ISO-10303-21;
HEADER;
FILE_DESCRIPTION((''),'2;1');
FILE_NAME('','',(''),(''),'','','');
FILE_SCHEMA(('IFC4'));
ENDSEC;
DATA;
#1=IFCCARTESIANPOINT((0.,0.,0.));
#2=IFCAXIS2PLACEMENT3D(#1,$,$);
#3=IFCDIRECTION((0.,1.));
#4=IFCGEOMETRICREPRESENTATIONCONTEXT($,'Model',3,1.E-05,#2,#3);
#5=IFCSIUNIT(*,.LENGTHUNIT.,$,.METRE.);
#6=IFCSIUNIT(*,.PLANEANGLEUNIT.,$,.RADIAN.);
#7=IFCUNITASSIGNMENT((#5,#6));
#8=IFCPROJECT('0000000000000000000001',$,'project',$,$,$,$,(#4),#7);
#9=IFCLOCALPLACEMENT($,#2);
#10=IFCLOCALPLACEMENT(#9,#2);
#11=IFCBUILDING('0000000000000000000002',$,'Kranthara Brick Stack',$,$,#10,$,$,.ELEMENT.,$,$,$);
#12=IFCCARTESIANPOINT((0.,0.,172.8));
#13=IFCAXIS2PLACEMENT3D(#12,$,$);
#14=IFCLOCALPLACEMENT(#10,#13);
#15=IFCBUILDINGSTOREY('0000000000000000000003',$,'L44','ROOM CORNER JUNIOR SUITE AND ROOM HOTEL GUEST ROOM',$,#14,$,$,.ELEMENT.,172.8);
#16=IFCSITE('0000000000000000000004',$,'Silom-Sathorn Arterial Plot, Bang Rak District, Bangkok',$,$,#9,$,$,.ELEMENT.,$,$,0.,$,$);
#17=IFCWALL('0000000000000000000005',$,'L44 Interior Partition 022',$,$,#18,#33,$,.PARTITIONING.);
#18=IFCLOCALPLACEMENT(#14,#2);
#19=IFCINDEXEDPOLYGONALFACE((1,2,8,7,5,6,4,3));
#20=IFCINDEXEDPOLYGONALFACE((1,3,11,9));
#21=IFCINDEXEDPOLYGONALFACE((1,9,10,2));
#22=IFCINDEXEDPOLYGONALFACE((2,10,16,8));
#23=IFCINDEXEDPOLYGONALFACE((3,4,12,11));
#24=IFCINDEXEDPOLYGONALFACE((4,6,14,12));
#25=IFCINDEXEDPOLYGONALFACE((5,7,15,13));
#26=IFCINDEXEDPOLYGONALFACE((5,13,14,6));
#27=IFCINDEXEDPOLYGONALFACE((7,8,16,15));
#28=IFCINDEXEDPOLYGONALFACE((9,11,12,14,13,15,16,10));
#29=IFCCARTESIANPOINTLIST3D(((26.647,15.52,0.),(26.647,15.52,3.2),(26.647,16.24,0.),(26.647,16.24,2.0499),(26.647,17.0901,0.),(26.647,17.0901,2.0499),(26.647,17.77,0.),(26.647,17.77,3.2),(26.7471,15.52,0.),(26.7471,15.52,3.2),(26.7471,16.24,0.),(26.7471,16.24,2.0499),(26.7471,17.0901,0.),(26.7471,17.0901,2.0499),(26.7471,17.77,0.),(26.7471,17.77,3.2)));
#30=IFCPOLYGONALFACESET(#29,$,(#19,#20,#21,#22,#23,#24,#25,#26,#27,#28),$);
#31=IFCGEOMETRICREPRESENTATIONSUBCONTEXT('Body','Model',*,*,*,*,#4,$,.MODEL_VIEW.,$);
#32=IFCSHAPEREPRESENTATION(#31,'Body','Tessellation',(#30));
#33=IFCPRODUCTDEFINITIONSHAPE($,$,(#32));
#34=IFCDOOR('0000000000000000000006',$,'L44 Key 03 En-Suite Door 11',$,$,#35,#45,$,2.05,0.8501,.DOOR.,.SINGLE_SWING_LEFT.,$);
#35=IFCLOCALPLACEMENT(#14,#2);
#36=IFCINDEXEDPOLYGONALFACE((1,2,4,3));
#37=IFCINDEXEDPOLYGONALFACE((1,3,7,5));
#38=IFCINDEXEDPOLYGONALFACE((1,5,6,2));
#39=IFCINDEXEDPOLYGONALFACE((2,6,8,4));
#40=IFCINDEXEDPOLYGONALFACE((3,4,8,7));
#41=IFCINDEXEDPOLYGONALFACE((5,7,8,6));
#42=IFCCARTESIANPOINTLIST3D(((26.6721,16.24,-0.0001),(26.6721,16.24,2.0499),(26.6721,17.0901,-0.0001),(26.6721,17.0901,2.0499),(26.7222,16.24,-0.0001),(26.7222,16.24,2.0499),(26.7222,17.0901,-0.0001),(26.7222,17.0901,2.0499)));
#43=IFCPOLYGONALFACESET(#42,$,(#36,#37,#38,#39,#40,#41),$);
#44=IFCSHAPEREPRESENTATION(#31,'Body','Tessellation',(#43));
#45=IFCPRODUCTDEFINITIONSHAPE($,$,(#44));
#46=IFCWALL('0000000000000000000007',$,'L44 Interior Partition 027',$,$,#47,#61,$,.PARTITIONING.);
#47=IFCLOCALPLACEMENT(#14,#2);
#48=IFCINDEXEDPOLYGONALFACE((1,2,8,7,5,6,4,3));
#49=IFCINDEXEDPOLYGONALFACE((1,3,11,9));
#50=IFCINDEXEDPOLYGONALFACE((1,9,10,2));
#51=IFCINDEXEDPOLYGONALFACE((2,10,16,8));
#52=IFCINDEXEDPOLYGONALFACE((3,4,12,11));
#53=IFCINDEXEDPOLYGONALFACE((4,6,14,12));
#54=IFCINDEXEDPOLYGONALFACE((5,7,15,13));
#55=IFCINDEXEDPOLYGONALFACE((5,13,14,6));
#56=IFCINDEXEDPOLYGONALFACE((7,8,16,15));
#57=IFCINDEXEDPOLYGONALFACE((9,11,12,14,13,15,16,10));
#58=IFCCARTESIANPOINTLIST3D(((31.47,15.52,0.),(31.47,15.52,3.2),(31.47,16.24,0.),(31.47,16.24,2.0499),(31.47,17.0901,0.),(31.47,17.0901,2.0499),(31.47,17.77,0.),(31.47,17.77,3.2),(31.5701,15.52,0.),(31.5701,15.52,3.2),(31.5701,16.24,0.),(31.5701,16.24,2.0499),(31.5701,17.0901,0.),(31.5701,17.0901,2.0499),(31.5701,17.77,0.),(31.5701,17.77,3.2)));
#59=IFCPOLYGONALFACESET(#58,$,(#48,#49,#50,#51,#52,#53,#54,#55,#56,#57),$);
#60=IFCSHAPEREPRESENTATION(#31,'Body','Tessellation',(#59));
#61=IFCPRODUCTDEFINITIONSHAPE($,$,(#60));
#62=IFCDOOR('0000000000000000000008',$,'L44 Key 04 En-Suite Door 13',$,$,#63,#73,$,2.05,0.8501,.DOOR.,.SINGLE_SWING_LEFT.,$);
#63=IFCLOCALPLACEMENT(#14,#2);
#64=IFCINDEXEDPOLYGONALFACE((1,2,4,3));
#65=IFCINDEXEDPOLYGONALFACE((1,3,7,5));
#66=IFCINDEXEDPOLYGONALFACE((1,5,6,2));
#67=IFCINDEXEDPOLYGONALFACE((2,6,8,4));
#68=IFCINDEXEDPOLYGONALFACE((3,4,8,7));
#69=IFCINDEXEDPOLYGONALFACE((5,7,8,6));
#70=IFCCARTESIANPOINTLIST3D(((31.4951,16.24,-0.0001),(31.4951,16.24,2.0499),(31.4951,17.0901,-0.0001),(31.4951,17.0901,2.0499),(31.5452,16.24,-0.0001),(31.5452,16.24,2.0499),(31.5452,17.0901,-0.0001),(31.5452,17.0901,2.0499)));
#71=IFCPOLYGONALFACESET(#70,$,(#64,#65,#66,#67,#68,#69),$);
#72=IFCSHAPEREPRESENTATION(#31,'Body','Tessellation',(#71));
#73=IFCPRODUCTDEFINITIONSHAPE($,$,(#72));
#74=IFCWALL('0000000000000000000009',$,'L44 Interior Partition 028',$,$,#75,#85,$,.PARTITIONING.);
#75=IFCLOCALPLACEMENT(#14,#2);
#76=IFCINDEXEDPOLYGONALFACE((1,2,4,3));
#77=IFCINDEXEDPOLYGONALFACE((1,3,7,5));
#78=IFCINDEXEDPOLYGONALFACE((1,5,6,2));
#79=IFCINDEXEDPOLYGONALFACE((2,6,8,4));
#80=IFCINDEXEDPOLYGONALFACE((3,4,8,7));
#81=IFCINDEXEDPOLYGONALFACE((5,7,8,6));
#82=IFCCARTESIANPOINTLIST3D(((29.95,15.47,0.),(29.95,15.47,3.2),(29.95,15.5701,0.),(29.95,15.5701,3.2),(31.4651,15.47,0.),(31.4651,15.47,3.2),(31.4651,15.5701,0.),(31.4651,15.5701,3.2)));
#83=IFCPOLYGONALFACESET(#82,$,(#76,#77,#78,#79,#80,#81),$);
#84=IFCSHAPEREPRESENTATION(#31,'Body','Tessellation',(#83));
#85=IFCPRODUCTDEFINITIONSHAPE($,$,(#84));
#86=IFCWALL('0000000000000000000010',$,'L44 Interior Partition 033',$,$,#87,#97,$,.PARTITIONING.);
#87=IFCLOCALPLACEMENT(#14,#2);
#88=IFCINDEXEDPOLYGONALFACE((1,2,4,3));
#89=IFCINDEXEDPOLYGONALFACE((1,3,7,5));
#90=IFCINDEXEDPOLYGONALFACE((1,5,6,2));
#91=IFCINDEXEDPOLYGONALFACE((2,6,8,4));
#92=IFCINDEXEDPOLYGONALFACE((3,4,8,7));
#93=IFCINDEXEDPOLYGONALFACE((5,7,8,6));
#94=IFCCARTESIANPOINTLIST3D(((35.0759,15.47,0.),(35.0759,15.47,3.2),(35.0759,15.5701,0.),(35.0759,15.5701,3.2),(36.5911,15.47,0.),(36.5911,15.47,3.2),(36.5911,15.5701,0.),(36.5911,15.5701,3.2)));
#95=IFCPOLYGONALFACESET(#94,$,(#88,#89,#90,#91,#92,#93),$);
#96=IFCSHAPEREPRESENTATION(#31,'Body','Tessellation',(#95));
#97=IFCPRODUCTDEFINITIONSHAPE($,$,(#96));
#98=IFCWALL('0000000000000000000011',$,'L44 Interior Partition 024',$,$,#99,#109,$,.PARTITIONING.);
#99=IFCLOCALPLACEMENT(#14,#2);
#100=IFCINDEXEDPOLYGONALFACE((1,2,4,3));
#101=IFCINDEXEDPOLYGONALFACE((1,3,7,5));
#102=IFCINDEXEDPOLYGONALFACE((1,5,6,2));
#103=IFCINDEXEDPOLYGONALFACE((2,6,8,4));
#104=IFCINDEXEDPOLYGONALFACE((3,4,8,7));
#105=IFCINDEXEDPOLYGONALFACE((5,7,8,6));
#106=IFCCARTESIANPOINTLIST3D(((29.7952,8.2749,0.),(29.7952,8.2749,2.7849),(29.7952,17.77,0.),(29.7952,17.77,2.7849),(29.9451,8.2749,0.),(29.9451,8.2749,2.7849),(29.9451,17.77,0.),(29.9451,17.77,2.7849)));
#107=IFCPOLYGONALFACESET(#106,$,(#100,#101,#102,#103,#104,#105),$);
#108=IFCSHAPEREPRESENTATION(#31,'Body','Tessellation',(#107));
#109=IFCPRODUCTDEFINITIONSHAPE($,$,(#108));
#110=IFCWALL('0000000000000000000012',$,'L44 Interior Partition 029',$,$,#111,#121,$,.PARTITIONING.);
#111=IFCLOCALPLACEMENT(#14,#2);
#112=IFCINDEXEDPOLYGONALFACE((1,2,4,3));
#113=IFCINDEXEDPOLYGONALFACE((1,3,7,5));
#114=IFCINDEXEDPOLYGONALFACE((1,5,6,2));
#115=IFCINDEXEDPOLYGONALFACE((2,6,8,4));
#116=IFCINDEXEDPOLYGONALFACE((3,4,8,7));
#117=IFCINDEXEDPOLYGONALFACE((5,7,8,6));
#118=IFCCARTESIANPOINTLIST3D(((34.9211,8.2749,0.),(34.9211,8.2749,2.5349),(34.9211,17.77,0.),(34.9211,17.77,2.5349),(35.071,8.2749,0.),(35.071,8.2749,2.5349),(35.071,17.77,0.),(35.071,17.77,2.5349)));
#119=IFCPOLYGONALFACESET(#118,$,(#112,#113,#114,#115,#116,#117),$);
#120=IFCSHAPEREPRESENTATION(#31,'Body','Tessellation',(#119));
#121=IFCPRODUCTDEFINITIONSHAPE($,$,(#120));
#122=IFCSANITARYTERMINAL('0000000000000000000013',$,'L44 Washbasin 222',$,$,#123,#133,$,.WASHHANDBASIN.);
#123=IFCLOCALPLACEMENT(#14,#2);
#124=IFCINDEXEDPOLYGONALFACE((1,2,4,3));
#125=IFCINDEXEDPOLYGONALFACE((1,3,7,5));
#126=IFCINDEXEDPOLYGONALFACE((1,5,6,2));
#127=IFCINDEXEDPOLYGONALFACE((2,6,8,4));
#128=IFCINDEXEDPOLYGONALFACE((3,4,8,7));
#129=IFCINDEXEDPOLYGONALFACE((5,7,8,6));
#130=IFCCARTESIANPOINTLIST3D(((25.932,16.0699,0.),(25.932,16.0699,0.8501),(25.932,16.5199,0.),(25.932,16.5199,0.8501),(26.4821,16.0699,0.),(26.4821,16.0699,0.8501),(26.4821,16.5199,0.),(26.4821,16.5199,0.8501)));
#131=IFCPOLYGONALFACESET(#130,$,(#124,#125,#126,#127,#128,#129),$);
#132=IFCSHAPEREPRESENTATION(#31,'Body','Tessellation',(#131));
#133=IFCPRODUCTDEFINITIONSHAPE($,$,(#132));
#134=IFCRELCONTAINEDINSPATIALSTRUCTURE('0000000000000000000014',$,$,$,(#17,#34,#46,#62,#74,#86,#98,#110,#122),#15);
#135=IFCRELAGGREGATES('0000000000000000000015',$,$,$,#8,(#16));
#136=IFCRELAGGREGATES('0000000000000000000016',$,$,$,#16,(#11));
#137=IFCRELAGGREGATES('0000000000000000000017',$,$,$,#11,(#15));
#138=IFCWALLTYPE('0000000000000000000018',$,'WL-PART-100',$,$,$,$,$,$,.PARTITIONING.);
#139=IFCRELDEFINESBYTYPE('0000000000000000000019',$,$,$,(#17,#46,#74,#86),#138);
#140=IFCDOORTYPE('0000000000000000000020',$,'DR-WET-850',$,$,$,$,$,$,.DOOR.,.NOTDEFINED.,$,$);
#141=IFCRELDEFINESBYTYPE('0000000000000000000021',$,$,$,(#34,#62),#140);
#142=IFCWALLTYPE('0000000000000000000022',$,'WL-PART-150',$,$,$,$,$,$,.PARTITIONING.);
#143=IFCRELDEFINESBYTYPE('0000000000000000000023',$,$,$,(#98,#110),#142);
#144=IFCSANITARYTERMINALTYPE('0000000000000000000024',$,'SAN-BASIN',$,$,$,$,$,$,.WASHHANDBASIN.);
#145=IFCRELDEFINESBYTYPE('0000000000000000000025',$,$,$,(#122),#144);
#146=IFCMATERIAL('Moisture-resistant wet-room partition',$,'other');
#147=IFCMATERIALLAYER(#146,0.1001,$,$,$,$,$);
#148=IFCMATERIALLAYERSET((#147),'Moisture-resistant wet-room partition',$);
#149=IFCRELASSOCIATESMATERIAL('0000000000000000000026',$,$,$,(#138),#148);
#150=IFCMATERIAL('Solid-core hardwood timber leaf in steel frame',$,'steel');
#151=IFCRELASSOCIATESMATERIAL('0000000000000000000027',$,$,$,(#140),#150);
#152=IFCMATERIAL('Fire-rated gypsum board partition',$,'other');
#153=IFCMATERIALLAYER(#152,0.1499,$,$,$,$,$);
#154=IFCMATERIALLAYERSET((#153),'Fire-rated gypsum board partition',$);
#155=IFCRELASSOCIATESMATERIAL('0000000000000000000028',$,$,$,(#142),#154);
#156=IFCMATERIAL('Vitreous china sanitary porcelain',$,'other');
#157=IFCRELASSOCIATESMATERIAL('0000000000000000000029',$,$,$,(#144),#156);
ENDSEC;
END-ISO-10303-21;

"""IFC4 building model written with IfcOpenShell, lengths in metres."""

from ifc_helpers import new_model, si_unit, direction, frame, frame_2d, origin, origin_2d, place, context, subcontext, project, spatial, rectangle, extrude, material, layer, layer_set, type_object, element, fill, save


model = new_model("IFC4")

# Units and contexts
model_context = context("Model", 3, precision=1e-05, world=origin(), true_north=direction((0.0, 1.0)))
body_context = subcontext(model_context, "Body", "Model", "MODEL_VIEW")
ifc_project = project(units=[si_unit("LENGTHUNIT", "METRE"), si_unit("PLANEANGLEUNIT", "RADIAN")], contexts=[model_context])

# Site, building, storey
site_placement = place(None, origin())
site = spatial("IfcSite", under=ifc_project, at=site_placement, Name="Silom-Sathorn Arterial Plot, Bang Rak District, Bangkok", CompositionType="ELEMENT", RefElevation=0.0)
building_placement = place(site_placement, origin())
building = spatial("IfcBuilding", under=site, at=building_placement, Name="Kranthara Brick Stack", CompositionType="ELEMENT")
storey_placement = place(building_placement, frame((0.0, 0.0, 172.8)))
storey = spatial("IfcBuildingStorey", under=building, at=storey_placement, Name="L44", Description="ROOM CORNER JUNIOR SUITE AND ROOM HOTEL GUEST ROOM", CompositionType="ELEMENT", Elevation=172.8)

# Walls, openings, doors
ifc_material_1 = material(Name="Moisture-resistant wet-room partition", Category="other")
ifc_layer_1 = layer(ifc_material_1, 0.1001)
ifc_layer_set_1 = layer_set([ifc_layer_1], Name="Moisture-resistant wet-room partition")
wall_type_1 = type_object("IfcWallType", Name="WL-PART-100", PredefinedType="PARTITIONING", material=ifc_layer_set_1)
wall_1_placement = place(storey_placement, frame((26.697, 15.52, 0.0), z_axis=(0.0, 0.0, 1.0), x_axis=(0.0, 1.0, 0.0)))
wall_1 = element("IfcWall", 1, at=wall_1_placement, inside=storey, type_object=wall_type_1, Name="L44 Interior Partition 022", PredefinedType="PARTITIONING", context=body_context, shape_type="SweptSolid", body=[
    extrude(rectangle(XDim=2.25, YDim=0.1001, at=frame_2d((1.125, 0.0))), origin(), (0.0, 0.0, 1.0), 3.2),
])
opening_1_placement = place(wall_1_placement, frame((0.72, 0.0, 0.0)))
opening_1 = element("IfcOpeningElement", 2, at=opening_1_placement, cuts=wall_1, PredefinedType="OPENING", context=body_context, shape_type="SweptSolid", body=[
    extrude(rectangle(XDim=0.8501, YDim=2.05, at=frame_2d((0.425, 1.0249))), frame((0.0, 0.0601, 0.0), z_axis=(0.0, -1.0, 0.0), x_axis=(1.0, 0.0, 0.0)), (0.0, 0.0, 1.0), 0.1201),
])
ifc_material_2 = material(Name="Solid-core hardwood timber leaf in steel frame", Category="steel")
door_type = type_object("IfcDoorType", Name="DR-WET-850", OperationType="NOTDEFINED", PredefinedType="DOOR", material=ifc_material_2)
door_1_placement = place(opening_1_placement, origin())
door_1 = element("IfcDoor", 3, at=door_1_placement, inside=storey, type_object=door_type, Name="L44 Key 03 En-Suite Door 11", OperationType="SINGLE_SWING_LEFT", OverallHeight=2.05, OverallWidth=0.8501, PredefinedType="DOOR", context=body_context, shape_type="SweptSolid", body=[
    extrude(rectangle(XDim=0.8501, YDim=2.05, at=frame_2d((0.425, 1.0249))), frame((0.0, 0.0249, 0.0), z_axis=(0.0, -1.0, 0.0), x_axis=(1.0, 0.0, 0.0)), (0.0, 0.0, 1.0), 0.05),
])
fill(opening_1, door_1)
wall_2_placement = place(storey_placement, frame((31.52, 15.52, 0.0), z_axis=(0.0, 0.0, 1.0), x_axis=(0.0, 1.0, 0.0)))
wall_2 = element("IfcWall", 4, at=wall_2_placement, inside=storey, type_object=wall_type_1, Name="L44 Interior Partition 027", PredefinedType="PARTITIONING", context=body_context, shape_type="SweptSolid", body=[
    extrude(rectangle(XDim=2.25, YDim=0.1001, at=frame_2d((1.125, 0.0))), origin(), (0.0, 0.0, 1.0), 3.2),
])
opening_2_placement = place(wall_2_placement, frame((0.72, 0.0, 0.0)))
opening_2 = element("IfcOpeningElement", 5, at=opening_2_placement, cuts=wall_2, PredefinedType="OPENING", context=body_context, shape_type="SweptSolid", body=[
    extrude(rectangle(XDim=0.8501, YDim=2.05, at=frame_2d((0.425, 1.0249))), frame((0.0, 0.0601, 0.0), z_axis=(0.0, -1.0, 0.0), x_axis=(1.0, 0.0, 0.0)), (0.0, 0.0, 1.0), 0.1201),
])
door_2_placement = place(opening_2_placement, origin())
door_2 = element("IfcDoor", 6, at=door_2_placement, inside=storey, type_object=door_type, Name="L44 Key 04 En-Suite Door 13", OperationType="SINGLE_SWING_LEFT", OverallHeight=2.05, OverallWidth=0.8501, PredefinedType="DOOR", context=body_context, shape_type="SweptSolid", body=[
    extrude(rectangle(XDim=0.8501, YDim=2.05, at=frame_2d((0.425, 1.0249))), frame((0.0, 0.0249, 0.0), z_axis=(0.0, -1.0, 0.0), x_axis=(1.0, 0.0, 0.0)), (0.0, 0.0, 1.0), 0.05),
])
fill(opening_2, door_2)

# Walls
for number, where, z_axis, x_axis, name in (
    (7, (29.95, 15.52, 0.0), (0.0, 0.0, 1.0), (1.0, 0.0, 0.0), "L44 Interior Partition 028"),
    (8, (35.0759, 15.52, 0.0), (0.0, 0.0, 1.0), (1.0, 0.0, 0.0), "L44 Interior Partition 033"),
):
    element("IfcWall", number, at=place(storey_placement, frame(where, z_axis=z_axis, x_axis=x_axis)), inside=storey, type_object=wall_type_1, Name=name, PredefinedType="PARTITIONING", context=body_context, shape_type="SweptSolid", body=[
        extrude(rectangle(XDim=1.5151, YDim=0.1001, at=frame_2d((0.7576, 0.0))), origin(), (0.0, 0.0, 1.0), 3.2),
    ])
ifc_material_3 = material(Name="Fire-rated gypsum board partition", Category="other")
ifc_layer_2 = layer(ifc_material_3, 0.1499)
ifc_layer_set_2 = layer_set([ifc_layer_2], Name="Fire-rated gypsum board partition")
wall_type_2 = type_object("IfcWallType", Name="WL-PART-150", PredefinedType="PARTITIONING", material=ifc_layer_set_2)
wall_3_placement = place(storey_placement, frame((29.8701, 8.2749, 0.0), z_axis=(0.0, 0.0, 1.0), x_axis=(0.0, 1.0, 0.0)))
element("IfcWall", 9, at=wall_3_placement, inside=storey, type_object=wall_type_2, Name="L44 Interior Partition 024", PredefinedType="PARTITIONING", context=body_context, shape_type="SweptSolid", body=[
    extrude(rectangle(XDim=9.4951, YDim=0.1499, at=frame_2d((4.7476, 0.0))), origin(), (0.0, 0.0, 1.0), 2.7849),
])
wall_4_placement = place(storey_placement, frame((34.9961, 8.2749, 0.0), z_axis=(0.0, 0.0, 1.0), x_axis=(0.0, 1.0, 0.0)))
element("IfcWall", 10, at=wall_4_placement, inside=storey, type_object=wall_type_2, Name="L44 Interior Partition 029", PredefinedType="PARTITIONING", context=body_context, shape_type="SweptSolid", body=[
    extrude(rectangle(XDim=9.4951, YDim=0.1499, at=frame_2d((4.7476, 0.0))), origin(), (0.0, 0.0, 1.0), 2.5349),
])

# Sanitary terminal
ifc_material_4 = material(Name="Vitreous china sanitary porcelain", Category="other")
sanitary_terminal_type = type_object("IfcSanitaryTerminalType", Name="SAN-BASIN", PredefinedType="WASHHANDBASIN", material=ifc_material_4)
sanitary_terminal_placement = place(storey_placement, frame((26.207, 16.2949, 0.0), z_axis=(0.0, 0.0, 1.0), x_axis=(1.0, 0.0, 0.0)))
element("IfcSanitaryTerminal", 11, at=sanitary_terminal_placement, inside=storey, type_object=sanitary_terminal_type, Name="L44 Washbasin 222", PredefinedType="WASHHANDBASIN", context=body_context, shape_type="SweptSolid", body=[
    extrude(rectangle(XDim=0.55, YDim=0.45, at=origin_2d()), origin(), (0.0, 0.0, 1.0), 0.8501),
])

save(model, "model.ifc")
